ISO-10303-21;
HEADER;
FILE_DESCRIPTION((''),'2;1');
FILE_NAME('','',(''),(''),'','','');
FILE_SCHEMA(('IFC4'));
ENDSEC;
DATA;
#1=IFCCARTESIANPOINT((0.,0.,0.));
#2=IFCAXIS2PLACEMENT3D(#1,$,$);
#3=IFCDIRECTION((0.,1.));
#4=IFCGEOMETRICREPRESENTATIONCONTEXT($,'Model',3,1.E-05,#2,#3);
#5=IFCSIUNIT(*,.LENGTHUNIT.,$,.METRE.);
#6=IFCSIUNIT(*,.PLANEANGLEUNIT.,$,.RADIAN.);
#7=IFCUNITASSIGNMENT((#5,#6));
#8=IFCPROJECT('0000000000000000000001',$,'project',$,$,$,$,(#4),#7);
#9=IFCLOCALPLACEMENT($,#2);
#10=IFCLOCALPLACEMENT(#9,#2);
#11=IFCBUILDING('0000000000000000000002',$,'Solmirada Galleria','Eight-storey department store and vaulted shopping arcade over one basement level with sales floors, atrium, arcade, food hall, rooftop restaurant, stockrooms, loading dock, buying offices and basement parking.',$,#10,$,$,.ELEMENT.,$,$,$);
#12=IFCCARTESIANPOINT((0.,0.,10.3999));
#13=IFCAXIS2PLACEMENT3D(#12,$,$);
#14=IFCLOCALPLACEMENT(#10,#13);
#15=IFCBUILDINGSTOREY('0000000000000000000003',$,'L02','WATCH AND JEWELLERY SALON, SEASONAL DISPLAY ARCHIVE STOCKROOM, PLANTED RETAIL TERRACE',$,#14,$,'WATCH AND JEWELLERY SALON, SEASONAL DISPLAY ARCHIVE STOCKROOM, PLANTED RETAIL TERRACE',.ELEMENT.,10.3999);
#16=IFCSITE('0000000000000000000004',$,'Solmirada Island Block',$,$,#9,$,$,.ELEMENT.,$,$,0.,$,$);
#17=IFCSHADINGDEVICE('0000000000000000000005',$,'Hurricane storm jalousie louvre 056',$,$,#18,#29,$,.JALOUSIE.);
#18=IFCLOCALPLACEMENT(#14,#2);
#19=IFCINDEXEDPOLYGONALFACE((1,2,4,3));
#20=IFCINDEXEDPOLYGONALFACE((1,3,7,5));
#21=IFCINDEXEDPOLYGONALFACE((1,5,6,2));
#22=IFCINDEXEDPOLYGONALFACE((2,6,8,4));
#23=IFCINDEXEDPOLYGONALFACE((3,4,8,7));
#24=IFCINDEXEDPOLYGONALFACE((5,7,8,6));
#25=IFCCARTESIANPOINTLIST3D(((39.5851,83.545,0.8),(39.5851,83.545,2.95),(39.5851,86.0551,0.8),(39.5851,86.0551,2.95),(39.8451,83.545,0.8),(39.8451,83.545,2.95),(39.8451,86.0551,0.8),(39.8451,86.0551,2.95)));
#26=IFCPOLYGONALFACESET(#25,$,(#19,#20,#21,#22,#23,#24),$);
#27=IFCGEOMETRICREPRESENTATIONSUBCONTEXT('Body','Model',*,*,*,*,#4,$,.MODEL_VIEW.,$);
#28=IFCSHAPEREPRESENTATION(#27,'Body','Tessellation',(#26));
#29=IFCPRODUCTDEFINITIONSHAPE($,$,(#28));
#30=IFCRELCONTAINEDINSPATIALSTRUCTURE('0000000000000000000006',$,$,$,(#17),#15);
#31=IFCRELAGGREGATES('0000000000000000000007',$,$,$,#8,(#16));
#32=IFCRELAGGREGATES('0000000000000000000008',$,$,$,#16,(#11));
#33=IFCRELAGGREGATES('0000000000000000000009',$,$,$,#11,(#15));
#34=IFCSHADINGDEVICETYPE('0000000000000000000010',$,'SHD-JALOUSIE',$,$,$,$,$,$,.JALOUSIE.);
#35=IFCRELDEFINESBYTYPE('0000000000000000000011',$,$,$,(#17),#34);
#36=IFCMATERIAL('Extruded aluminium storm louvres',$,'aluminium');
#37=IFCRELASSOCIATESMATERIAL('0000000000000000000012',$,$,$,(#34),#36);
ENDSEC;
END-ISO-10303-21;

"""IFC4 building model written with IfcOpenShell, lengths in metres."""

from ifc_helpers import new_model, si_unit, direction, frame, origin, origin_2d, place, context, subcontext, project, spatial, rectangle, extrude, material, type_object, element, save


model = new_model("IFC4")

# Units and contexts
model_context = context("Model", 3, precision=1e-05, world=origin(), true_north=direction((0.0, 1.0)))
body_context = subcontext(model_context, "Body", "Model", "MODEL_VIEW")
ifc_project = project(units=[si_unit("LENGTHUNIT", "METRE"), si_unit("PLANEANGLEUNIT", "RADIAN")], contexts=[model_context])

# Site, building, storey
site_placement = place(None, origin())
site = spatial("IfcSite", under=ifc_project, at=site_placement, Name="Solmirada Island Block", CompositionType="ELEMENT", RefElevation=0.0)
building_placement = place(site_placement, origin())
building = spatial("IfcBuilding", under=site, at=building_placement, Name="Solmirada Galleria", Description="Eight-storey department store and vaulted shopping arcade over one basement level with sales floors, atrium, arcade, food hall, rooftop restaurant, stockrooms, loading dock, buying offices and basement parking.", CompositionType="ELEMENT")
storey_placement = place(building_placement, frame((0.0, 0.0, 10.3999)))
storey = spatial("IfcBuildingStorey", under=building, at=storey_placement, Name="L02", Description="WATCH AND JEWELLERY SALON, SEASONAL DISPLAY ARCHIVE STOCKROOM, PLANTED RETAIL TERRACE", LongName="WATCH AND JEWELLERY SALON, SEASONAL DISPLAY ARCHIVE STOCKROOM, PLANTED RETAIL TERRACE", CompositionType="ELEMENT", Elevation=10.3999)

# Shading device
ifc_material_1 = material(Name="Extruded aluminium storm louvres", Category="aluminium")
shading_device_type = type_object("IfcShadingDeviceType", Name="SHD-JALOUSIE", PredefinedType="JALOUSIE", material=ifc_material_1)
shading_device_placement = place(storey_placement, frame((39.7151, 84.8, 0.8), z_axis=(0.0, 0.0, 1.0), x_axis=(0.0, 1.0, 0.0)))
element("IfcShadingDevice", 1, at=shading_device_placement, inside=storey, type_object=shading_device_type, Name="Hurricane storm jalousie louvre 056", PredefinedType="JALOUSIE", context=body_context, shape_type="SweptSolid", body=[
    extrude(rectangle(XDim=2.51, YDim=0.26, at=origin_2d()), origin(), (0.0, 0.0, 1.0), 2.1499),
])

save(model, "model.ifc")
